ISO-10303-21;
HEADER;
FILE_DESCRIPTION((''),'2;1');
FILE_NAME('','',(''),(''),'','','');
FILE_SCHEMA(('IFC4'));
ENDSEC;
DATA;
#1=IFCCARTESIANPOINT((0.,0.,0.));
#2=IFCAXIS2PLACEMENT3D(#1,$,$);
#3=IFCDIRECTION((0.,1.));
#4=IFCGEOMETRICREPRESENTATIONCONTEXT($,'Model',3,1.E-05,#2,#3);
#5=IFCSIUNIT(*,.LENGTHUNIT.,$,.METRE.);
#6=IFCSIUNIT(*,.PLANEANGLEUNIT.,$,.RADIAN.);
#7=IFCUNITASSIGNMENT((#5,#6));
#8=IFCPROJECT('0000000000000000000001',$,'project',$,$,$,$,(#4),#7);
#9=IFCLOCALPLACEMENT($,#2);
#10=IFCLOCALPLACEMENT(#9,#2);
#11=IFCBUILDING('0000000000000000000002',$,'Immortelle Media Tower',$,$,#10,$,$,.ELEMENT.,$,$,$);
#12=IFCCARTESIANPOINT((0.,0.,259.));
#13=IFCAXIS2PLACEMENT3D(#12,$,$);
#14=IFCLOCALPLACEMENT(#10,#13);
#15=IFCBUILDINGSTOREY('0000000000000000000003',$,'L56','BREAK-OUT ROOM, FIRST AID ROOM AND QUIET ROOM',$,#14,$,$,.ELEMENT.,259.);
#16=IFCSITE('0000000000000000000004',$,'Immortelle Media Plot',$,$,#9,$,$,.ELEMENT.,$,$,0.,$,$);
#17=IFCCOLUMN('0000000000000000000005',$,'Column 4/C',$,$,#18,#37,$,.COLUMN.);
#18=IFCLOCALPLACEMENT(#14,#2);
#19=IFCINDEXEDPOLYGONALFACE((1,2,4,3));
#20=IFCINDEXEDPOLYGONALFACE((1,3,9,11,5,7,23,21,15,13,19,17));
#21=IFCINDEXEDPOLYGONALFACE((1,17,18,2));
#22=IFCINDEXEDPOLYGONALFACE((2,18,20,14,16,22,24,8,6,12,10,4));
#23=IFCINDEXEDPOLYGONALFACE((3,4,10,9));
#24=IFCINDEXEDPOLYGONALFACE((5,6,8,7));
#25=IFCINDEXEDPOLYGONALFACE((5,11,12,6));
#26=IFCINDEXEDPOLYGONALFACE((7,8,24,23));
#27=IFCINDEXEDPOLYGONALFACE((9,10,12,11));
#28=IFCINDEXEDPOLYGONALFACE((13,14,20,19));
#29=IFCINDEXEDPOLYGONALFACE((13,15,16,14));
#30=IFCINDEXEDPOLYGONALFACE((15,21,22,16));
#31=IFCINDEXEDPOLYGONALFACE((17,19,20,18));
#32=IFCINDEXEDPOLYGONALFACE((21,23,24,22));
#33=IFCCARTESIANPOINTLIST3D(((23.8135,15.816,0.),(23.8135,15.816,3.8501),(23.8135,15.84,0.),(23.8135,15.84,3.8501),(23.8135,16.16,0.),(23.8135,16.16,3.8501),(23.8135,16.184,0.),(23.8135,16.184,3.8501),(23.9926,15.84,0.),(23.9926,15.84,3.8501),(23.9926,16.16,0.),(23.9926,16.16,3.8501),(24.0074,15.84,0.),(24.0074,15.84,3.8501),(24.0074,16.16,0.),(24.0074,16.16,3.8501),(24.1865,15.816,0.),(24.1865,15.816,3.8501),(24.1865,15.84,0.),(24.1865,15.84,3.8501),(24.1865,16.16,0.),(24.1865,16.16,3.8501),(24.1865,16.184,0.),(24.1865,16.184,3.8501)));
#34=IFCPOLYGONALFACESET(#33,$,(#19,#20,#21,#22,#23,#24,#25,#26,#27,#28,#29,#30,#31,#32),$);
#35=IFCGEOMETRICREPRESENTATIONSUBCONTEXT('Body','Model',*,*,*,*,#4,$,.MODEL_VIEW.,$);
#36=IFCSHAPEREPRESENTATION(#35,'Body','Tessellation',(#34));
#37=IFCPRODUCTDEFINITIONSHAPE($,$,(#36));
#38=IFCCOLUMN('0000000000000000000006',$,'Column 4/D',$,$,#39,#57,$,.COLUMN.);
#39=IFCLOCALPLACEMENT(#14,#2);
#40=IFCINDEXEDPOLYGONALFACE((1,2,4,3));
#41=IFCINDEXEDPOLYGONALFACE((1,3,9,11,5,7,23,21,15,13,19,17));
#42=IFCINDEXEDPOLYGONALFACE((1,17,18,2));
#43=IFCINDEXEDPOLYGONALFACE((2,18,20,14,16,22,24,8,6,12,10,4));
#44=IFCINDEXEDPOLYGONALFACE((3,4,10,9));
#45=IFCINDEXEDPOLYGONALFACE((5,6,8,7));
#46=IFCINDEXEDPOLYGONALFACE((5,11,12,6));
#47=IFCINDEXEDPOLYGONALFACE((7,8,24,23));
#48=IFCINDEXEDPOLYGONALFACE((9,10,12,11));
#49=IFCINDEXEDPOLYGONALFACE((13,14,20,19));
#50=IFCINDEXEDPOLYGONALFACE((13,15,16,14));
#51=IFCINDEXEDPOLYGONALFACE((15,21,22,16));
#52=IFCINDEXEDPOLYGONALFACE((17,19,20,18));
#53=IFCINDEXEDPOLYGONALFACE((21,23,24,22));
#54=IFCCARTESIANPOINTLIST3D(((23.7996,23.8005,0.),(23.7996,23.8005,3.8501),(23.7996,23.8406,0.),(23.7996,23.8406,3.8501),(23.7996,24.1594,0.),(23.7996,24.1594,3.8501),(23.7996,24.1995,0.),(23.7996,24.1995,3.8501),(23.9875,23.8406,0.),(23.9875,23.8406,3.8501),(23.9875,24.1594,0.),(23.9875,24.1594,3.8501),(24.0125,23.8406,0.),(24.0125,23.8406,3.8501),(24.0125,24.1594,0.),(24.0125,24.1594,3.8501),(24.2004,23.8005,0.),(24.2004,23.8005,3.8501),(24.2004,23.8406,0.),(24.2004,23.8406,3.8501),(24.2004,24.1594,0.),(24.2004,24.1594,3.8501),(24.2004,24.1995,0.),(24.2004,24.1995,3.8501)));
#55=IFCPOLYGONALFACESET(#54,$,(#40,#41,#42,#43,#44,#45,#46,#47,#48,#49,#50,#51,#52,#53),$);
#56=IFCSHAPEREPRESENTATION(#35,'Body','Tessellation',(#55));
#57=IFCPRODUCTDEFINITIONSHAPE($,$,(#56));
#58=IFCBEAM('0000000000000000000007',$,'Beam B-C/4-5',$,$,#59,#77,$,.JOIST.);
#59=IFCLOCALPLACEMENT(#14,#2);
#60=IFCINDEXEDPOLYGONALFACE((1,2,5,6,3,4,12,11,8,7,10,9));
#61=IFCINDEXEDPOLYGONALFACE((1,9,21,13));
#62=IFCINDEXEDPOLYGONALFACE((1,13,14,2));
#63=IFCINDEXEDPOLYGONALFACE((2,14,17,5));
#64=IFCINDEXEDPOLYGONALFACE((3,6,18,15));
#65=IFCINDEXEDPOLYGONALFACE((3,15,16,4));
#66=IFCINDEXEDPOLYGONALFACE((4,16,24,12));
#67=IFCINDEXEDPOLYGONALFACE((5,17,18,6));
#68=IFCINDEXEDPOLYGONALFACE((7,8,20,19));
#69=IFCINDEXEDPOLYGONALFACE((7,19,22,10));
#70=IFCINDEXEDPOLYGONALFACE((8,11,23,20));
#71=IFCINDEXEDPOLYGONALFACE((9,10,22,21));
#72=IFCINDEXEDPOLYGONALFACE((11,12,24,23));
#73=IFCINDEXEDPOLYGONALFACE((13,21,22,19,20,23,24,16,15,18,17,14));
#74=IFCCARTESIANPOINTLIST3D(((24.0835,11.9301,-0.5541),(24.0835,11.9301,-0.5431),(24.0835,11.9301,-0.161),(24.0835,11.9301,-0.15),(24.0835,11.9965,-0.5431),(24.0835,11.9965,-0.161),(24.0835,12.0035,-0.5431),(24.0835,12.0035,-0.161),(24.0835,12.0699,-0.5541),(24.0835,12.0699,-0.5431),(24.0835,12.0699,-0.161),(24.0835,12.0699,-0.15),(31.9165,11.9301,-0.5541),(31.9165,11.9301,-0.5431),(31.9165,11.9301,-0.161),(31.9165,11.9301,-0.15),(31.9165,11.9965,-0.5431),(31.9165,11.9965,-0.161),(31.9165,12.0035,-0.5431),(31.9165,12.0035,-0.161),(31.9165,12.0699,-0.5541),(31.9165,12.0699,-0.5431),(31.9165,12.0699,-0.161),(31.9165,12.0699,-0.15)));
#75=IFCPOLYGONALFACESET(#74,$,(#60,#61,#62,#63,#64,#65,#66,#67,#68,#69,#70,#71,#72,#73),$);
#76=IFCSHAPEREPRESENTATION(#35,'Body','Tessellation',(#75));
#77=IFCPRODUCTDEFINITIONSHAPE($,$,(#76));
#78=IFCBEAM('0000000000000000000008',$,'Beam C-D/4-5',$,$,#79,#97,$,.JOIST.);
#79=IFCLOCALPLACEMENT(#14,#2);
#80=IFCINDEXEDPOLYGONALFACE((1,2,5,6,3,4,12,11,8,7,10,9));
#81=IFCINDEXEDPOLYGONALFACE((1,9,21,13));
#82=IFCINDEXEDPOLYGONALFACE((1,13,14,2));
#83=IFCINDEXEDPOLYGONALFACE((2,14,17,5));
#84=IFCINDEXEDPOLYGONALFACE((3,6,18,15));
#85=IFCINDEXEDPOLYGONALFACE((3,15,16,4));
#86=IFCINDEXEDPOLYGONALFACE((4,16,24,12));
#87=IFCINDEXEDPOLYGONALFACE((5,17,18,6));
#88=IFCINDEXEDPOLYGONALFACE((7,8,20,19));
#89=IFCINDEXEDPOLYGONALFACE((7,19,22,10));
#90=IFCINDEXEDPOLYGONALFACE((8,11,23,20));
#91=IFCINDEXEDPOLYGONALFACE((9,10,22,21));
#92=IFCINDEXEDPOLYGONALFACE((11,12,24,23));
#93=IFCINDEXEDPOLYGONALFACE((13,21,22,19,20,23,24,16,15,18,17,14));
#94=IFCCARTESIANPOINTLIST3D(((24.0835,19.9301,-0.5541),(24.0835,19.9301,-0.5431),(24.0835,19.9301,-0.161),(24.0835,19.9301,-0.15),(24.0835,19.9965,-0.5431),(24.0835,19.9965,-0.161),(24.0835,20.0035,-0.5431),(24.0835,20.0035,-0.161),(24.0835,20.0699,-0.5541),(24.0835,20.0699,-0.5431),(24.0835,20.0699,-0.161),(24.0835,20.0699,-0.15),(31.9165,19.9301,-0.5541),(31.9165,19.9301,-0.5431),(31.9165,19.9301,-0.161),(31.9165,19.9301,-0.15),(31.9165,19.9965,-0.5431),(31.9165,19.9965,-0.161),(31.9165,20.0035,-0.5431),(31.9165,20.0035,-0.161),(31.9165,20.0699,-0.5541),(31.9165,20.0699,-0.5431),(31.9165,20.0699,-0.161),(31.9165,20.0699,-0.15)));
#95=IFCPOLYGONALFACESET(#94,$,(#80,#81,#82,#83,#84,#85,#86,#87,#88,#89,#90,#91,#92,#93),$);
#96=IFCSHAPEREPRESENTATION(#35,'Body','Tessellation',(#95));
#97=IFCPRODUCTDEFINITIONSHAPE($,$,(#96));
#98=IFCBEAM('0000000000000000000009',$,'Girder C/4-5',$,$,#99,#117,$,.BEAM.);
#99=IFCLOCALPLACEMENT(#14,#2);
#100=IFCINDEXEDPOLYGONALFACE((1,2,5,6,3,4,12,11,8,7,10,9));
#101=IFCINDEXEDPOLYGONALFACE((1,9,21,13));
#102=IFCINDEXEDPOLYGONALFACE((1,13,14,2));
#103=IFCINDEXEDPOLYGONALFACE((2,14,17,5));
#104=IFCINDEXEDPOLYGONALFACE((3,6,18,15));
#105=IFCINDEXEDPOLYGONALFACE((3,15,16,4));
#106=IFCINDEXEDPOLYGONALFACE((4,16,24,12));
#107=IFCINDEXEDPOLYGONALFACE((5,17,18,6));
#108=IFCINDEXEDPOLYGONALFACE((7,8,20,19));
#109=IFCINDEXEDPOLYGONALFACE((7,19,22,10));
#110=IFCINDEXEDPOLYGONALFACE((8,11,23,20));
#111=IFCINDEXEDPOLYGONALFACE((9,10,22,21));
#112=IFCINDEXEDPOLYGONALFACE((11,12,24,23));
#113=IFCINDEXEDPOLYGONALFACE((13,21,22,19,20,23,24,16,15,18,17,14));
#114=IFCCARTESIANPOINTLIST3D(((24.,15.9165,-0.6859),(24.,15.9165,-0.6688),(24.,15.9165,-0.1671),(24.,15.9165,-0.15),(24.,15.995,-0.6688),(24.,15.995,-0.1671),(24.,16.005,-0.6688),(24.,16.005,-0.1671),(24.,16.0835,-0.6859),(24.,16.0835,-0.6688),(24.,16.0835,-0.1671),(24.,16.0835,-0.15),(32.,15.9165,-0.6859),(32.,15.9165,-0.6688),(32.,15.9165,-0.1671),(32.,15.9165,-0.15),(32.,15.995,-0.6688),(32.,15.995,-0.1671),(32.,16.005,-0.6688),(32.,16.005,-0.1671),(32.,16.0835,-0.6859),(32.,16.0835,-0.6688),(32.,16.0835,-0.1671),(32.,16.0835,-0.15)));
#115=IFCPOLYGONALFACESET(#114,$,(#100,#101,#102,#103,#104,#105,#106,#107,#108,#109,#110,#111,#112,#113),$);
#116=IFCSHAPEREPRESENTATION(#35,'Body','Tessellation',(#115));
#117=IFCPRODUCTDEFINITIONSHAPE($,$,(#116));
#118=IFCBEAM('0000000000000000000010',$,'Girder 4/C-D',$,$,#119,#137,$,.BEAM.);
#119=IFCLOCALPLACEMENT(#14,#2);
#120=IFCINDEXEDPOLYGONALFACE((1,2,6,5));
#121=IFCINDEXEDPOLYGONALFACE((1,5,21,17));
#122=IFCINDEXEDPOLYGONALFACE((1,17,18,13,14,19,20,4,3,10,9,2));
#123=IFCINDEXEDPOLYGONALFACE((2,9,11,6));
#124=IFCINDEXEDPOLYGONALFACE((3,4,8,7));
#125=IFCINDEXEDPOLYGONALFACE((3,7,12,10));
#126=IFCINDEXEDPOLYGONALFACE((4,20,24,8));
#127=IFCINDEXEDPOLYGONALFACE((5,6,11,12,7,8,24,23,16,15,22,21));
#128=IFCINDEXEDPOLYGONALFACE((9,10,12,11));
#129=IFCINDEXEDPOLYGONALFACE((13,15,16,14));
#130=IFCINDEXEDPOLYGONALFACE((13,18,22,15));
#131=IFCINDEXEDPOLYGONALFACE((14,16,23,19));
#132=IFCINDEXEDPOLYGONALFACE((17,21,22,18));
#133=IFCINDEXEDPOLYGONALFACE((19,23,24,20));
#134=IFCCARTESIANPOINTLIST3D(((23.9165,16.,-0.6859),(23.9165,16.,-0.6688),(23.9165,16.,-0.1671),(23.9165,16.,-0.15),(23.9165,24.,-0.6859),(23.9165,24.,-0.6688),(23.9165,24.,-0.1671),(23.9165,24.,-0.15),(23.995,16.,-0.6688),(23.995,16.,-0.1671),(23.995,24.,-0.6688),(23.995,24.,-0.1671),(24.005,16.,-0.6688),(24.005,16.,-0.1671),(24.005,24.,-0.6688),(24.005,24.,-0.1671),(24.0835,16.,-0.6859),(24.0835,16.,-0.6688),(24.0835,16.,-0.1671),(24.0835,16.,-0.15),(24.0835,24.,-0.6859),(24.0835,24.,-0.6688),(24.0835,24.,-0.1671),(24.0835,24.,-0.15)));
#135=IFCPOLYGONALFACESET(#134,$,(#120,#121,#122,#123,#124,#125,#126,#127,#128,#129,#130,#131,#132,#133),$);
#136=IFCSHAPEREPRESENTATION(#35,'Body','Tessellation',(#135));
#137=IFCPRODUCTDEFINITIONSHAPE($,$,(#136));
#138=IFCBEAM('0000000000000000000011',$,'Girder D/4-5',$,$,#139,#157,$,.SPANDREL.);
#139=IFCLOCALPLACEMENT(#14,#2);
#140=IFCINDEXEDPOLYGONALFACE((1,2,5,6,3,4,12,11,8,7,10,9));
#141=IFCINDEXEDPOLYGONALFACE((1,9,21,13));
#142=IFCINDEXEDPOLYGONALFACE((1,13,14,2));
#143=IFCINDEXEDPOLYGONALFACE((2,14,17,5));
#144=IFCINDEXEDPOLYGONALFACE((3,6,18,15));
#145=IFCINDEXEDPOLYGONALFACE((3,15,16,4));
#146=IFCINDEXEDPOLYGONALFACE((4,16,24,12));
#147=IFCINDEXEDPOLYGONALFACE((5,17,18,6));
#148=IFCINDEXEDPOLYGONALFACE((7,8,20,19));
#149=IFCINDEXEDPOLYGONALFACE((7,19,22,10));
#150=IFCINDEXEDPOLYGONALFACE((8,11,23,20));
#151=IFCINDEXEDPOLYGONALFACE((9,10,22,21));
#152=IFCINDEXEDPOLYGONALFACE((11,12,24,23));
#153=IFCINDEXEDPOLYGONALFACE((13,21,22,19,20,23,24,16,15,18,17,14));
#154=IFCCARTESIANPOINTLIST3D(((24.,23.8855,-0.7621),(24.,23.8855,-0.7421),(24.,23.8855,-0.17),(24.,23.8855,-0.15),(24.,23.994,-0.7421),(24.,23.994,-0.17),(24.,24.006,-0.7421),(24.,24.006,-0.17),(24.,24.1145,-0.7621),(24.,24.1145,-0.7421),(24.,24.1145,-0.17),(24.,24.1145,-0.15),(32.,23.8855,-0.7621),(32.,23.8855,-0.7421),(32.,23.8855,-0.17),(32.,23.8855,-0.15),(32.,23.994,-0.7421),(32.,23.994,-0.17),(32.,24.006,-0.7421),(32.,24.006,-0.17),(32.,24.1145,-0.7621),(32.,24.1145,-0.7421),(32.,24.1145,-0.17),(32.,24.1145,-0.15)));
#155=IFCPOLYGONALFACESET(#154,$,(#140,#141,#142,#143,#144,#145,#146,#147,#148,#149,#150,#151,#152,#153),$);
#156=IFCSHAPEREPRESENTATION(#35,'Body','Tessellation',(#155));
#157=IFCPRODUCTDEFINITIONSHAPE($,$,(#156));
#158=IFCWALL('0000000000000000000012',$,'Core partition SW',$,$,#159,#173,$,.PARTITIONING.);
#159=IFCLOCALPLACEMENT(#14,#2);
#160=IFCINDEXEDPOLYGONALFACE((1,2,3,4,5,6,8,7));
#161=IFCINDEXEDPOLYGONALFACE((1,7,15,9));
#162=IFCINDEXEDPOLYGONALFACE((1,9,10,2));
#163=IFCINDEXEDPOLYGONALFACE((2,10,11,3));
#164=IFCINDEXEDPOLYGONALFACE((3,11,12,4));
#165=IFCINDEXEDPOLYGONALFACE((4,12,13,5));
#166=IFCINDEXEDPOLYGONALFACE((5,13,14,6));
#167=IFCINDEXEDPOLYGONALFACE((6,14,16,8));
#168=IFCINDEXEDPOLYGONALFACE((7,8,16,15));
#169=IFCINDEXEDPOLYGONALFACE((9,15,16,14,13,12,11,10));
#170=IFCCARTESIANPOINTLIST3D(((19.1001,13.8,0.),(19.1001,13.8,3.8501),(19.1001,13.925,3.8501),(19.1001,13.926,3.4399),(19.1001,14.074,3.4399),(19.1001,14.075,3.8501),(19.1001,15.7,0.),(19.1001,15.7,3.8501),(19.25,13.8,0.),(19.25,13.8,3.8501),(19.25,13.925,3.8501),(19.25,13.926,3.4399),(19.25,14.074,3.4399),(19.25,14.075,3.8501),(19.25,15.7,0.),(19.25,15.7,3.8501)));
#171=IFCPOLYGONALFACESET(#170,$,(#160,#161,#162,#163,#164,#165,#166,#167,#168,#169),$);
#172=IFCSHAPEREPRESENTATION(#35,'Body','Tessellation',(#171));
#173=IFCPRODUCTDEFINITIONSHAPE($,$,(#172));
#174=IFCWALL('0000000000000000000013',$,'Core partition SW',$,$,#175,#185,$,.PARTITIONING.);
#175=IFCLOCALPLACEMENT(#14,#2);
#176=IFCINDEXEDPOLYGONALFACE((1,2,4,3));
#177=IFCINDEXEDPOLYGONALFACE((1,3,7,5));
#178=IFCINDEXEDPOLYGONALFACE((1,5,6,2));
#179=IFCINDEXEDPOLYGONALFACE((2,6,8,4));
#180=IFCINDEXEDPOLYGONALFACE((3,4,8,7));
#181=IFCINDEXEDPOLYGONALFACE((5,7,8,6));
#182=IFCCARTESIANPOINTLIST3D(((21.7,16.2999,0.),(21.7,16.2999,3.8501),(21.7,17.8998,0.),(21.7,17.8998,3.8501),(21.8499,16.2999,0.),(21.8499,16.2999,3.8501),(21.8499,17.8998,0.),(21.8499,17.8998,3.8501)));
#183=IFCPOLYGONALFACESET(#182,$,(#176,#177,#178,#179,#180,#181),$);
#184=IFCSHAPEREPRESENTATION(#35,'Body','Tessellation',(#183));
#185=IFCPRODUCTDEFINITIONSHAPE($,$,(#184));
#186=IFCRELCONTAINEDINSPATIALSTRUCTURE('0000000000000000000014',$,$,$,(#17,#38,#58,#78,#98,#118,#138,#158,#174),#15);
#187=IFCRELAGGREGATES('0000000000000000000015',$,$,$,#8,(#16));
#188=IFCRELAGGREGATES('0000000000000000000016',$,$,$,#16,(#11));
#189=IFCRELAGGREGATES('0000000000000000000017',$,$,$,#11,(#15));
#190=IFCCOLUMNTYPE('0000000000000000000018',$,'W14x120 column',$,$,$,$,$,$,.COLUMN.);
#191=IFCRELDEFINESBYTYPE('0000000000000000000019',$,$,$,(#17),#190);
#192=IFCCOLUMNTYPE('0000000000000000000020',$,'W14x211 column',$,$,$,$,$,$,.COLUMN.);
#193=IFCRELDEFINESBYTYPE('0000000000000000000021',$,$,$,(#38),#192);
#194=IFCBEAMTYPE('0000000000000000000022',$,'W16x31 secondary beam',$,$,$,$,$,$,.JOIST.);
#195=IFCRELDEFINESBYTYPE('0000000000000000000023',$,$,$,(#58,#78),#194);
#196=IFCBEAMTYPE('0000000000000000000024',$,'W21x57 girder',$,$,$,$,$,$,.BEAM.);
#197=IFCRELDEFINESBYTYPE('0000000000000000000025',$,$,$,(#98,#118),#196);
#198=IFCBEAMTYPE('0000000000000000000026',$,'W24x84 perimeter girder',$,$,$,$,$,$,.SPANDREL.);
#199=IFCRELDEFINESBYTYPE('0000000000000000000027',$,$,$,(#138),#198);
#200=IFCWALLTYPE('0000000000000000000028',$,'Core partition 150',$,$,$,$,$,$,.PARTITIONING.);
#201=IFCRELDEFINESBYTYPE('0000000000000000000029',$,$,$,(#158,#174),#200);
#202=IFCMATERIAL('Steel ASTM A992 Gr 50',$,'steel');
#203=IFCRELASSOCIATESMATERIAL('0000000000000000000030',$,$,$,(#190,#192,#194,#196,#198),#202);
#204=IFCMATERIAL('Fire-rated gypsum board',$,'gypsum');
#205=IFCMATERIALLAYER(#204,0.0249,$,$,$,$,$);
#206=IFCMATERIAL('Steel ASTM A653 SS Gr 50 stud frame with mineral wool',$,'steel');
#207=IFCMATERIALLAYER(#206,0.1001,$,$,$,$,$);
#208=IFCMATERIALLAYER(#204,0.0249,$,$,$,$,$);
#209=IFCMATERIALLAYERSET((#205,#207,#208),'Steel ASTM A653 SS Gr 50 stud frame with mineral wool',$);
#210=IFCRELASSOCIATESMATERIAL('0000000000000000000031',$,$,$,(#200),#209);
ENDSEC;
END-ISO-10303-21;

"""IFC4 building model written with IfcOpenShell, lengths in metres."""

from ifc_helpers import new_model, si_unit, direction, frame, frame_2d, origin, origin_2d, place, context, subcontext, project, spatial, polyline, rectangle, i_section, outline, extrude, material, layer, layer_set, material_profile, profile_set, type_object, element, save


model = new_model("IFC4")

# Units and contexts
model_context = context("Model", 3, precision=1e-05, world=origin(), true_north=direction((0.0, 1.0)))
body_context = subcontext(model_context, "Body", "Model", "MODEL_VIEW")
ifc_project = project(units=[si_unit("LENGTHUNIT", "METRE"), si_unit("PLANEANGLEUNIT", "RADIAN")], contexts=[model_context])

# Site, building, storey
site_placement = place(None, origin())
site = spatial("IfcSite", under=ifc_project, at=site_placement, Name="Immortelle Media Plot", CompositionType="ELEMENT", RefElevation=0.0)
building_placement = place(site_placement, origin())
building = spatial("IfcBuilding", under=site, at=building_placement, Name="Immortelle Media Tower", CompositionType="ELEMENT")
storey_placement = place(building_placement, frame((0.0, 0.0, 259.0)))
storey = spatial("IfcBuildingStorey", under=building, at=storey_placement, Name="L56", Description="BREAK-OUT ROOM, FIRST AID ROOM AND QUIET ROOM", CompositionType="ELEMENT", Elevation=259.0)

# Columns
ifc_material_1 = material(Name="Steel ASTM A992 Gr 50", Category="steel")
ifc_material_profile_1 = material_profile(ifc_material_1, i_section(OverallWidth=0.373, OverallDepth=0.3679, WebThickness=0.0149, FlangeThickness=0.0239, at=origin_2d()), Name="W14x120")
ifc_profile_set_1 = profile_set([ifc_material_profile_1], Name="Steel ASTM A992 Gr 50")
column_type_1 = type_object("IfcColumnType", Name="W14x120 column", PredefinedType="COLUMN", material=ifc_profile_set_1)
column_1_placement = place(storey_placement, frame((24.0, 16.0, 0.0), z_axis=(0.0, 0.0, 1.0), x_axis=(1.0, 0.0, 0.0)))
element("IfcColumn", 1, at=column_1_placement, inside=storey, type_object=column_type_1, Name="Column 4/C", PredefinedType="COLUMN", context=body_context, shape_type="SweptSolid", body=[
    extrude(i_section(OverallWidth=0.373, OverallDepth=0.3679, WebThickness=0.0149, FlangeThickness=0.0239, at=origin_2d()), origin(), (0.0, 0.0, 1.0), 3.8501),
])
ifc_material_profile_2 = material_profile(ifc_material_1, i_section(OverallWidth=0.4009, OverallDepth=0.3989, WebThickness=0.0249, FlangeThickness=0.04, at=origin_2d()), Name="W14x211")
ifc_profile_set_2 = profile_set([ifc_material_profile_2], Name="Steel ASTM A992 Gr 50")
column_type_2 = type_object("IfcColumnType", Name="W14x211 column", PredefinedType="COLUMN", material=ifc_profile_set_2)
column_2_placement = place(storey_placement, frame((24.0, 24.0, 0.0), z_axis=(0.0, 0.0, 1.0), x_axis=(1.0, 0.0, 0.0)))
element("IfcColumn", 2, at=column_2_placement, inside=storey, type_object=column_type_2, Name="Column 4/D", PredefinedType="COLUMN", context=body_context, shape_type="SweptSolid", body=[
    extrude(i_section(OverallWidth=0.4009, OverallDepth=0.3989, WebThickness=0.0249, FlangeThickness=0.04, at=origin_2d()), origin(), (0.0, 0.0, 1.0), 3.8501),
])

# Beams
ifc_material_profile_3 = material_profile(ifc_material_1, i_section(OverallWidth=0.1399, OverallDepth=0.4041, WebThickness=0.0071, FlangeThickness=0.011, at=origin_2d()), Name="W16x31")
ifc_profile_set_3 = profile_set([ifc_material_profile_3], Name="Steel ASTM A992 Gr 50")
beam_type_1 = type_object("IfcBeamType", Name="W16x31 secondary beam", PredefinedType="JOIST", material=ifc_profile_set_3)
for number, where, z_axis, x_axis, name in (
    (3, (24.0835, 12.0, -0.3521), (1.0, 0.0, 0.0), (0.0, 1.0, 0.0), "Beam B-C/4-5"),
    (4, (24.0835, 20.0, -0.3521), (1.0, 0.0, 0.0), (0.0, 1.0, 0.0), "Beam C-D/4-5"),
):
    element("IfcBeam", number, at=place(storey_placement, frame(where, z_axis=z_axis, x_axis=x_axis)), inside=storey, type_object=beam_type_1, Name=name, PredefinedType="JOIST", context=body_context, shape_type="SweptSolid", body=[
        extrude(i_section(OverallWidth=0.1399, OverallDepth=0.4041, WebThickness=0.0071, FlangeThickness=0.011, at=origin_2d()), origin(), (0.0, 0.0, 1.0), 7.833),
    ])
ifc_material_profile_4 = material_profile(ifc_material_1, i_section(OverallWidth=0.167, OverallDepth=0.5359, WebThickness=0.01, FlangeThickness=0.0171, at=origin_2d()), Name="W21x57")
ifc_profile_set_4 = profile_set([ifc_material_profile_4], Name="Steel ASTM A992 Gr 50")
beam_type_2 = type_object("IfcBeamType", Name="W21x57 girder", PredefinedType="BEAM", material=ifc_profile_set_4)
for number, where, z_axis, x_axis, name in (
    (5, (24.0, 16.0, -0.418), (1.0, 0.0, 0.0), (0.0, 1.0, 0.0), "Girder C/4-5"),
    (6, (24.0, 16.0, -0.418), (0.0, 1.0, 0.0), (-1.0, 0.0, 0.0), "Girder 4/C-D"),
):
    element("IfcBeam", number, at=place(storey_placement, frame(where, z_axis=z_axis, x_axis=x_axis)), inside=storey, type_object=beam_type_2, Name=name, PredefinedType="BEAM", context=body_context, shape_type="SweptSolid", body=[
        extrude(i_section(OverallWidth=0.167, OverallDepth=0.5359, WebThickness=0.01, FlangeThickness=0.0171, at=origin_2d()), origin(), (0.0, 0.0, 1.0), 8.0),
    ])
ifc_material_profile_5 = material_profile(ifc_material_1, i_section(OverallWidth=0.229, OverallDepth=0.6121, WebThickness=0.012, FlangeThickness=0.02, at=origin_2d()), Name="W24x84")
ifc_profile_set_5 = profile_set([ifc_material_profile_5], Name="Steel ASTM A992 Gr 50")
beam_type_3 = type_object("IfcBeamType", Name="W24x84 perimeter girder", PredefinedType="SPANDREL", material=ifc_profile_set_5)
beam_placement = place(storey_placement, frame((24.0, 24.0, -0.4561), z_axis=(1.0, 0.0, 0.0), x_axis=(0.0, 1.0, 0.0)))
element("IfcBeam", 7, at=beam_placement, inside=storey, type_object=beam_type_3, Name="Girder D/4-5", PredefinedType="SPANDREL", context=body_context, shape_type="SweptSolid", body=[
    extrude(i_section(OverallWidth=0.229, OverallDepth=0.6121, WebThickness=0.012, FlangeThickness=0.02, at=origin_2d()), origin(), (0.0, 0.0, 1.0), 8.0),
])

# Walls
ifc_material_2 = material(Name="Fire-rated gypsum board", Category="gypsum")
ifc_layer_1 = layer(ifc_material_2, 0.0249)
ifc_material_3 = material(Name="Steel ASTM A653 SS Gr 50 stud frame with mineral wool", Category="steel")
ifc_layer_2 = layer(ifc_material_3, 0.1001)
ifc_layer_3 = layer(ifc_material_2, 0.0249)
ifc_layer_set_1 = layer_set([ifc_layer_1, ifc_layer_2, ifc_layer_3], Name="Steel ASTM A653 SS Gr 50 stud frame with mineral wool")
wall_type_1 = type_object("IfcWallType", Name="Core partition 150", PredefinedType="PARTITIONING", material=ifc_layer_set_1)
wall_1_placement = place(storey_placement, frame((19.175, 13.8, 0.0), z_axis=(0.0, 0.0, 1.0), x_axis=(0.0, 1.0, 0.0)))
element("IfcWall", 8, at=wall_1_placement, inside=storey, type_object=wall_type_1, Name="Core partition SW", PredefinedType="PARTITIONING", context=body_context, shape_type="SweptSolid", body=[
    extrude(outline(polyline([(0.0, 0.0), (1.8999, 0.0), (1.8999, 3.8501), (0.2749, 3.8501), (0.2739, 3.4399), (0.126, 3.4399), (0.125, 3.8501), (0.0, 3.8501), (0.0, 0.0)])), frame((0.0, 0.075, 0.0), z_axis=(0.0, -1.0, 0.0), x_axis=(1.0, 0.0, 0.0)), (0.0, 0.0, 1.0), 0.1499),
])
wall_2_placement = place(storey_placement, frame((21.7749, 16.3, 0.0), z_axis=(0.0, 0.0, 1.0), x_axis=(0.0, 1.0, 0.0)))
element("IfcWall", 9, at=wall_2_placement, inside=storey, type_object=wall_type_1, Name="Core partition SW", PredefinedType="PARTITIONING", context=body_context, shape_type="SweptSolid", body=[
    extrude(rectangle(XDim=1.5999, YDim=0.1499, at=frame_2d((0.7998, 0.0))), origin(), (0.0, 0.0, 1.0), 3.8501),
])

save(model, "model.ifc")
